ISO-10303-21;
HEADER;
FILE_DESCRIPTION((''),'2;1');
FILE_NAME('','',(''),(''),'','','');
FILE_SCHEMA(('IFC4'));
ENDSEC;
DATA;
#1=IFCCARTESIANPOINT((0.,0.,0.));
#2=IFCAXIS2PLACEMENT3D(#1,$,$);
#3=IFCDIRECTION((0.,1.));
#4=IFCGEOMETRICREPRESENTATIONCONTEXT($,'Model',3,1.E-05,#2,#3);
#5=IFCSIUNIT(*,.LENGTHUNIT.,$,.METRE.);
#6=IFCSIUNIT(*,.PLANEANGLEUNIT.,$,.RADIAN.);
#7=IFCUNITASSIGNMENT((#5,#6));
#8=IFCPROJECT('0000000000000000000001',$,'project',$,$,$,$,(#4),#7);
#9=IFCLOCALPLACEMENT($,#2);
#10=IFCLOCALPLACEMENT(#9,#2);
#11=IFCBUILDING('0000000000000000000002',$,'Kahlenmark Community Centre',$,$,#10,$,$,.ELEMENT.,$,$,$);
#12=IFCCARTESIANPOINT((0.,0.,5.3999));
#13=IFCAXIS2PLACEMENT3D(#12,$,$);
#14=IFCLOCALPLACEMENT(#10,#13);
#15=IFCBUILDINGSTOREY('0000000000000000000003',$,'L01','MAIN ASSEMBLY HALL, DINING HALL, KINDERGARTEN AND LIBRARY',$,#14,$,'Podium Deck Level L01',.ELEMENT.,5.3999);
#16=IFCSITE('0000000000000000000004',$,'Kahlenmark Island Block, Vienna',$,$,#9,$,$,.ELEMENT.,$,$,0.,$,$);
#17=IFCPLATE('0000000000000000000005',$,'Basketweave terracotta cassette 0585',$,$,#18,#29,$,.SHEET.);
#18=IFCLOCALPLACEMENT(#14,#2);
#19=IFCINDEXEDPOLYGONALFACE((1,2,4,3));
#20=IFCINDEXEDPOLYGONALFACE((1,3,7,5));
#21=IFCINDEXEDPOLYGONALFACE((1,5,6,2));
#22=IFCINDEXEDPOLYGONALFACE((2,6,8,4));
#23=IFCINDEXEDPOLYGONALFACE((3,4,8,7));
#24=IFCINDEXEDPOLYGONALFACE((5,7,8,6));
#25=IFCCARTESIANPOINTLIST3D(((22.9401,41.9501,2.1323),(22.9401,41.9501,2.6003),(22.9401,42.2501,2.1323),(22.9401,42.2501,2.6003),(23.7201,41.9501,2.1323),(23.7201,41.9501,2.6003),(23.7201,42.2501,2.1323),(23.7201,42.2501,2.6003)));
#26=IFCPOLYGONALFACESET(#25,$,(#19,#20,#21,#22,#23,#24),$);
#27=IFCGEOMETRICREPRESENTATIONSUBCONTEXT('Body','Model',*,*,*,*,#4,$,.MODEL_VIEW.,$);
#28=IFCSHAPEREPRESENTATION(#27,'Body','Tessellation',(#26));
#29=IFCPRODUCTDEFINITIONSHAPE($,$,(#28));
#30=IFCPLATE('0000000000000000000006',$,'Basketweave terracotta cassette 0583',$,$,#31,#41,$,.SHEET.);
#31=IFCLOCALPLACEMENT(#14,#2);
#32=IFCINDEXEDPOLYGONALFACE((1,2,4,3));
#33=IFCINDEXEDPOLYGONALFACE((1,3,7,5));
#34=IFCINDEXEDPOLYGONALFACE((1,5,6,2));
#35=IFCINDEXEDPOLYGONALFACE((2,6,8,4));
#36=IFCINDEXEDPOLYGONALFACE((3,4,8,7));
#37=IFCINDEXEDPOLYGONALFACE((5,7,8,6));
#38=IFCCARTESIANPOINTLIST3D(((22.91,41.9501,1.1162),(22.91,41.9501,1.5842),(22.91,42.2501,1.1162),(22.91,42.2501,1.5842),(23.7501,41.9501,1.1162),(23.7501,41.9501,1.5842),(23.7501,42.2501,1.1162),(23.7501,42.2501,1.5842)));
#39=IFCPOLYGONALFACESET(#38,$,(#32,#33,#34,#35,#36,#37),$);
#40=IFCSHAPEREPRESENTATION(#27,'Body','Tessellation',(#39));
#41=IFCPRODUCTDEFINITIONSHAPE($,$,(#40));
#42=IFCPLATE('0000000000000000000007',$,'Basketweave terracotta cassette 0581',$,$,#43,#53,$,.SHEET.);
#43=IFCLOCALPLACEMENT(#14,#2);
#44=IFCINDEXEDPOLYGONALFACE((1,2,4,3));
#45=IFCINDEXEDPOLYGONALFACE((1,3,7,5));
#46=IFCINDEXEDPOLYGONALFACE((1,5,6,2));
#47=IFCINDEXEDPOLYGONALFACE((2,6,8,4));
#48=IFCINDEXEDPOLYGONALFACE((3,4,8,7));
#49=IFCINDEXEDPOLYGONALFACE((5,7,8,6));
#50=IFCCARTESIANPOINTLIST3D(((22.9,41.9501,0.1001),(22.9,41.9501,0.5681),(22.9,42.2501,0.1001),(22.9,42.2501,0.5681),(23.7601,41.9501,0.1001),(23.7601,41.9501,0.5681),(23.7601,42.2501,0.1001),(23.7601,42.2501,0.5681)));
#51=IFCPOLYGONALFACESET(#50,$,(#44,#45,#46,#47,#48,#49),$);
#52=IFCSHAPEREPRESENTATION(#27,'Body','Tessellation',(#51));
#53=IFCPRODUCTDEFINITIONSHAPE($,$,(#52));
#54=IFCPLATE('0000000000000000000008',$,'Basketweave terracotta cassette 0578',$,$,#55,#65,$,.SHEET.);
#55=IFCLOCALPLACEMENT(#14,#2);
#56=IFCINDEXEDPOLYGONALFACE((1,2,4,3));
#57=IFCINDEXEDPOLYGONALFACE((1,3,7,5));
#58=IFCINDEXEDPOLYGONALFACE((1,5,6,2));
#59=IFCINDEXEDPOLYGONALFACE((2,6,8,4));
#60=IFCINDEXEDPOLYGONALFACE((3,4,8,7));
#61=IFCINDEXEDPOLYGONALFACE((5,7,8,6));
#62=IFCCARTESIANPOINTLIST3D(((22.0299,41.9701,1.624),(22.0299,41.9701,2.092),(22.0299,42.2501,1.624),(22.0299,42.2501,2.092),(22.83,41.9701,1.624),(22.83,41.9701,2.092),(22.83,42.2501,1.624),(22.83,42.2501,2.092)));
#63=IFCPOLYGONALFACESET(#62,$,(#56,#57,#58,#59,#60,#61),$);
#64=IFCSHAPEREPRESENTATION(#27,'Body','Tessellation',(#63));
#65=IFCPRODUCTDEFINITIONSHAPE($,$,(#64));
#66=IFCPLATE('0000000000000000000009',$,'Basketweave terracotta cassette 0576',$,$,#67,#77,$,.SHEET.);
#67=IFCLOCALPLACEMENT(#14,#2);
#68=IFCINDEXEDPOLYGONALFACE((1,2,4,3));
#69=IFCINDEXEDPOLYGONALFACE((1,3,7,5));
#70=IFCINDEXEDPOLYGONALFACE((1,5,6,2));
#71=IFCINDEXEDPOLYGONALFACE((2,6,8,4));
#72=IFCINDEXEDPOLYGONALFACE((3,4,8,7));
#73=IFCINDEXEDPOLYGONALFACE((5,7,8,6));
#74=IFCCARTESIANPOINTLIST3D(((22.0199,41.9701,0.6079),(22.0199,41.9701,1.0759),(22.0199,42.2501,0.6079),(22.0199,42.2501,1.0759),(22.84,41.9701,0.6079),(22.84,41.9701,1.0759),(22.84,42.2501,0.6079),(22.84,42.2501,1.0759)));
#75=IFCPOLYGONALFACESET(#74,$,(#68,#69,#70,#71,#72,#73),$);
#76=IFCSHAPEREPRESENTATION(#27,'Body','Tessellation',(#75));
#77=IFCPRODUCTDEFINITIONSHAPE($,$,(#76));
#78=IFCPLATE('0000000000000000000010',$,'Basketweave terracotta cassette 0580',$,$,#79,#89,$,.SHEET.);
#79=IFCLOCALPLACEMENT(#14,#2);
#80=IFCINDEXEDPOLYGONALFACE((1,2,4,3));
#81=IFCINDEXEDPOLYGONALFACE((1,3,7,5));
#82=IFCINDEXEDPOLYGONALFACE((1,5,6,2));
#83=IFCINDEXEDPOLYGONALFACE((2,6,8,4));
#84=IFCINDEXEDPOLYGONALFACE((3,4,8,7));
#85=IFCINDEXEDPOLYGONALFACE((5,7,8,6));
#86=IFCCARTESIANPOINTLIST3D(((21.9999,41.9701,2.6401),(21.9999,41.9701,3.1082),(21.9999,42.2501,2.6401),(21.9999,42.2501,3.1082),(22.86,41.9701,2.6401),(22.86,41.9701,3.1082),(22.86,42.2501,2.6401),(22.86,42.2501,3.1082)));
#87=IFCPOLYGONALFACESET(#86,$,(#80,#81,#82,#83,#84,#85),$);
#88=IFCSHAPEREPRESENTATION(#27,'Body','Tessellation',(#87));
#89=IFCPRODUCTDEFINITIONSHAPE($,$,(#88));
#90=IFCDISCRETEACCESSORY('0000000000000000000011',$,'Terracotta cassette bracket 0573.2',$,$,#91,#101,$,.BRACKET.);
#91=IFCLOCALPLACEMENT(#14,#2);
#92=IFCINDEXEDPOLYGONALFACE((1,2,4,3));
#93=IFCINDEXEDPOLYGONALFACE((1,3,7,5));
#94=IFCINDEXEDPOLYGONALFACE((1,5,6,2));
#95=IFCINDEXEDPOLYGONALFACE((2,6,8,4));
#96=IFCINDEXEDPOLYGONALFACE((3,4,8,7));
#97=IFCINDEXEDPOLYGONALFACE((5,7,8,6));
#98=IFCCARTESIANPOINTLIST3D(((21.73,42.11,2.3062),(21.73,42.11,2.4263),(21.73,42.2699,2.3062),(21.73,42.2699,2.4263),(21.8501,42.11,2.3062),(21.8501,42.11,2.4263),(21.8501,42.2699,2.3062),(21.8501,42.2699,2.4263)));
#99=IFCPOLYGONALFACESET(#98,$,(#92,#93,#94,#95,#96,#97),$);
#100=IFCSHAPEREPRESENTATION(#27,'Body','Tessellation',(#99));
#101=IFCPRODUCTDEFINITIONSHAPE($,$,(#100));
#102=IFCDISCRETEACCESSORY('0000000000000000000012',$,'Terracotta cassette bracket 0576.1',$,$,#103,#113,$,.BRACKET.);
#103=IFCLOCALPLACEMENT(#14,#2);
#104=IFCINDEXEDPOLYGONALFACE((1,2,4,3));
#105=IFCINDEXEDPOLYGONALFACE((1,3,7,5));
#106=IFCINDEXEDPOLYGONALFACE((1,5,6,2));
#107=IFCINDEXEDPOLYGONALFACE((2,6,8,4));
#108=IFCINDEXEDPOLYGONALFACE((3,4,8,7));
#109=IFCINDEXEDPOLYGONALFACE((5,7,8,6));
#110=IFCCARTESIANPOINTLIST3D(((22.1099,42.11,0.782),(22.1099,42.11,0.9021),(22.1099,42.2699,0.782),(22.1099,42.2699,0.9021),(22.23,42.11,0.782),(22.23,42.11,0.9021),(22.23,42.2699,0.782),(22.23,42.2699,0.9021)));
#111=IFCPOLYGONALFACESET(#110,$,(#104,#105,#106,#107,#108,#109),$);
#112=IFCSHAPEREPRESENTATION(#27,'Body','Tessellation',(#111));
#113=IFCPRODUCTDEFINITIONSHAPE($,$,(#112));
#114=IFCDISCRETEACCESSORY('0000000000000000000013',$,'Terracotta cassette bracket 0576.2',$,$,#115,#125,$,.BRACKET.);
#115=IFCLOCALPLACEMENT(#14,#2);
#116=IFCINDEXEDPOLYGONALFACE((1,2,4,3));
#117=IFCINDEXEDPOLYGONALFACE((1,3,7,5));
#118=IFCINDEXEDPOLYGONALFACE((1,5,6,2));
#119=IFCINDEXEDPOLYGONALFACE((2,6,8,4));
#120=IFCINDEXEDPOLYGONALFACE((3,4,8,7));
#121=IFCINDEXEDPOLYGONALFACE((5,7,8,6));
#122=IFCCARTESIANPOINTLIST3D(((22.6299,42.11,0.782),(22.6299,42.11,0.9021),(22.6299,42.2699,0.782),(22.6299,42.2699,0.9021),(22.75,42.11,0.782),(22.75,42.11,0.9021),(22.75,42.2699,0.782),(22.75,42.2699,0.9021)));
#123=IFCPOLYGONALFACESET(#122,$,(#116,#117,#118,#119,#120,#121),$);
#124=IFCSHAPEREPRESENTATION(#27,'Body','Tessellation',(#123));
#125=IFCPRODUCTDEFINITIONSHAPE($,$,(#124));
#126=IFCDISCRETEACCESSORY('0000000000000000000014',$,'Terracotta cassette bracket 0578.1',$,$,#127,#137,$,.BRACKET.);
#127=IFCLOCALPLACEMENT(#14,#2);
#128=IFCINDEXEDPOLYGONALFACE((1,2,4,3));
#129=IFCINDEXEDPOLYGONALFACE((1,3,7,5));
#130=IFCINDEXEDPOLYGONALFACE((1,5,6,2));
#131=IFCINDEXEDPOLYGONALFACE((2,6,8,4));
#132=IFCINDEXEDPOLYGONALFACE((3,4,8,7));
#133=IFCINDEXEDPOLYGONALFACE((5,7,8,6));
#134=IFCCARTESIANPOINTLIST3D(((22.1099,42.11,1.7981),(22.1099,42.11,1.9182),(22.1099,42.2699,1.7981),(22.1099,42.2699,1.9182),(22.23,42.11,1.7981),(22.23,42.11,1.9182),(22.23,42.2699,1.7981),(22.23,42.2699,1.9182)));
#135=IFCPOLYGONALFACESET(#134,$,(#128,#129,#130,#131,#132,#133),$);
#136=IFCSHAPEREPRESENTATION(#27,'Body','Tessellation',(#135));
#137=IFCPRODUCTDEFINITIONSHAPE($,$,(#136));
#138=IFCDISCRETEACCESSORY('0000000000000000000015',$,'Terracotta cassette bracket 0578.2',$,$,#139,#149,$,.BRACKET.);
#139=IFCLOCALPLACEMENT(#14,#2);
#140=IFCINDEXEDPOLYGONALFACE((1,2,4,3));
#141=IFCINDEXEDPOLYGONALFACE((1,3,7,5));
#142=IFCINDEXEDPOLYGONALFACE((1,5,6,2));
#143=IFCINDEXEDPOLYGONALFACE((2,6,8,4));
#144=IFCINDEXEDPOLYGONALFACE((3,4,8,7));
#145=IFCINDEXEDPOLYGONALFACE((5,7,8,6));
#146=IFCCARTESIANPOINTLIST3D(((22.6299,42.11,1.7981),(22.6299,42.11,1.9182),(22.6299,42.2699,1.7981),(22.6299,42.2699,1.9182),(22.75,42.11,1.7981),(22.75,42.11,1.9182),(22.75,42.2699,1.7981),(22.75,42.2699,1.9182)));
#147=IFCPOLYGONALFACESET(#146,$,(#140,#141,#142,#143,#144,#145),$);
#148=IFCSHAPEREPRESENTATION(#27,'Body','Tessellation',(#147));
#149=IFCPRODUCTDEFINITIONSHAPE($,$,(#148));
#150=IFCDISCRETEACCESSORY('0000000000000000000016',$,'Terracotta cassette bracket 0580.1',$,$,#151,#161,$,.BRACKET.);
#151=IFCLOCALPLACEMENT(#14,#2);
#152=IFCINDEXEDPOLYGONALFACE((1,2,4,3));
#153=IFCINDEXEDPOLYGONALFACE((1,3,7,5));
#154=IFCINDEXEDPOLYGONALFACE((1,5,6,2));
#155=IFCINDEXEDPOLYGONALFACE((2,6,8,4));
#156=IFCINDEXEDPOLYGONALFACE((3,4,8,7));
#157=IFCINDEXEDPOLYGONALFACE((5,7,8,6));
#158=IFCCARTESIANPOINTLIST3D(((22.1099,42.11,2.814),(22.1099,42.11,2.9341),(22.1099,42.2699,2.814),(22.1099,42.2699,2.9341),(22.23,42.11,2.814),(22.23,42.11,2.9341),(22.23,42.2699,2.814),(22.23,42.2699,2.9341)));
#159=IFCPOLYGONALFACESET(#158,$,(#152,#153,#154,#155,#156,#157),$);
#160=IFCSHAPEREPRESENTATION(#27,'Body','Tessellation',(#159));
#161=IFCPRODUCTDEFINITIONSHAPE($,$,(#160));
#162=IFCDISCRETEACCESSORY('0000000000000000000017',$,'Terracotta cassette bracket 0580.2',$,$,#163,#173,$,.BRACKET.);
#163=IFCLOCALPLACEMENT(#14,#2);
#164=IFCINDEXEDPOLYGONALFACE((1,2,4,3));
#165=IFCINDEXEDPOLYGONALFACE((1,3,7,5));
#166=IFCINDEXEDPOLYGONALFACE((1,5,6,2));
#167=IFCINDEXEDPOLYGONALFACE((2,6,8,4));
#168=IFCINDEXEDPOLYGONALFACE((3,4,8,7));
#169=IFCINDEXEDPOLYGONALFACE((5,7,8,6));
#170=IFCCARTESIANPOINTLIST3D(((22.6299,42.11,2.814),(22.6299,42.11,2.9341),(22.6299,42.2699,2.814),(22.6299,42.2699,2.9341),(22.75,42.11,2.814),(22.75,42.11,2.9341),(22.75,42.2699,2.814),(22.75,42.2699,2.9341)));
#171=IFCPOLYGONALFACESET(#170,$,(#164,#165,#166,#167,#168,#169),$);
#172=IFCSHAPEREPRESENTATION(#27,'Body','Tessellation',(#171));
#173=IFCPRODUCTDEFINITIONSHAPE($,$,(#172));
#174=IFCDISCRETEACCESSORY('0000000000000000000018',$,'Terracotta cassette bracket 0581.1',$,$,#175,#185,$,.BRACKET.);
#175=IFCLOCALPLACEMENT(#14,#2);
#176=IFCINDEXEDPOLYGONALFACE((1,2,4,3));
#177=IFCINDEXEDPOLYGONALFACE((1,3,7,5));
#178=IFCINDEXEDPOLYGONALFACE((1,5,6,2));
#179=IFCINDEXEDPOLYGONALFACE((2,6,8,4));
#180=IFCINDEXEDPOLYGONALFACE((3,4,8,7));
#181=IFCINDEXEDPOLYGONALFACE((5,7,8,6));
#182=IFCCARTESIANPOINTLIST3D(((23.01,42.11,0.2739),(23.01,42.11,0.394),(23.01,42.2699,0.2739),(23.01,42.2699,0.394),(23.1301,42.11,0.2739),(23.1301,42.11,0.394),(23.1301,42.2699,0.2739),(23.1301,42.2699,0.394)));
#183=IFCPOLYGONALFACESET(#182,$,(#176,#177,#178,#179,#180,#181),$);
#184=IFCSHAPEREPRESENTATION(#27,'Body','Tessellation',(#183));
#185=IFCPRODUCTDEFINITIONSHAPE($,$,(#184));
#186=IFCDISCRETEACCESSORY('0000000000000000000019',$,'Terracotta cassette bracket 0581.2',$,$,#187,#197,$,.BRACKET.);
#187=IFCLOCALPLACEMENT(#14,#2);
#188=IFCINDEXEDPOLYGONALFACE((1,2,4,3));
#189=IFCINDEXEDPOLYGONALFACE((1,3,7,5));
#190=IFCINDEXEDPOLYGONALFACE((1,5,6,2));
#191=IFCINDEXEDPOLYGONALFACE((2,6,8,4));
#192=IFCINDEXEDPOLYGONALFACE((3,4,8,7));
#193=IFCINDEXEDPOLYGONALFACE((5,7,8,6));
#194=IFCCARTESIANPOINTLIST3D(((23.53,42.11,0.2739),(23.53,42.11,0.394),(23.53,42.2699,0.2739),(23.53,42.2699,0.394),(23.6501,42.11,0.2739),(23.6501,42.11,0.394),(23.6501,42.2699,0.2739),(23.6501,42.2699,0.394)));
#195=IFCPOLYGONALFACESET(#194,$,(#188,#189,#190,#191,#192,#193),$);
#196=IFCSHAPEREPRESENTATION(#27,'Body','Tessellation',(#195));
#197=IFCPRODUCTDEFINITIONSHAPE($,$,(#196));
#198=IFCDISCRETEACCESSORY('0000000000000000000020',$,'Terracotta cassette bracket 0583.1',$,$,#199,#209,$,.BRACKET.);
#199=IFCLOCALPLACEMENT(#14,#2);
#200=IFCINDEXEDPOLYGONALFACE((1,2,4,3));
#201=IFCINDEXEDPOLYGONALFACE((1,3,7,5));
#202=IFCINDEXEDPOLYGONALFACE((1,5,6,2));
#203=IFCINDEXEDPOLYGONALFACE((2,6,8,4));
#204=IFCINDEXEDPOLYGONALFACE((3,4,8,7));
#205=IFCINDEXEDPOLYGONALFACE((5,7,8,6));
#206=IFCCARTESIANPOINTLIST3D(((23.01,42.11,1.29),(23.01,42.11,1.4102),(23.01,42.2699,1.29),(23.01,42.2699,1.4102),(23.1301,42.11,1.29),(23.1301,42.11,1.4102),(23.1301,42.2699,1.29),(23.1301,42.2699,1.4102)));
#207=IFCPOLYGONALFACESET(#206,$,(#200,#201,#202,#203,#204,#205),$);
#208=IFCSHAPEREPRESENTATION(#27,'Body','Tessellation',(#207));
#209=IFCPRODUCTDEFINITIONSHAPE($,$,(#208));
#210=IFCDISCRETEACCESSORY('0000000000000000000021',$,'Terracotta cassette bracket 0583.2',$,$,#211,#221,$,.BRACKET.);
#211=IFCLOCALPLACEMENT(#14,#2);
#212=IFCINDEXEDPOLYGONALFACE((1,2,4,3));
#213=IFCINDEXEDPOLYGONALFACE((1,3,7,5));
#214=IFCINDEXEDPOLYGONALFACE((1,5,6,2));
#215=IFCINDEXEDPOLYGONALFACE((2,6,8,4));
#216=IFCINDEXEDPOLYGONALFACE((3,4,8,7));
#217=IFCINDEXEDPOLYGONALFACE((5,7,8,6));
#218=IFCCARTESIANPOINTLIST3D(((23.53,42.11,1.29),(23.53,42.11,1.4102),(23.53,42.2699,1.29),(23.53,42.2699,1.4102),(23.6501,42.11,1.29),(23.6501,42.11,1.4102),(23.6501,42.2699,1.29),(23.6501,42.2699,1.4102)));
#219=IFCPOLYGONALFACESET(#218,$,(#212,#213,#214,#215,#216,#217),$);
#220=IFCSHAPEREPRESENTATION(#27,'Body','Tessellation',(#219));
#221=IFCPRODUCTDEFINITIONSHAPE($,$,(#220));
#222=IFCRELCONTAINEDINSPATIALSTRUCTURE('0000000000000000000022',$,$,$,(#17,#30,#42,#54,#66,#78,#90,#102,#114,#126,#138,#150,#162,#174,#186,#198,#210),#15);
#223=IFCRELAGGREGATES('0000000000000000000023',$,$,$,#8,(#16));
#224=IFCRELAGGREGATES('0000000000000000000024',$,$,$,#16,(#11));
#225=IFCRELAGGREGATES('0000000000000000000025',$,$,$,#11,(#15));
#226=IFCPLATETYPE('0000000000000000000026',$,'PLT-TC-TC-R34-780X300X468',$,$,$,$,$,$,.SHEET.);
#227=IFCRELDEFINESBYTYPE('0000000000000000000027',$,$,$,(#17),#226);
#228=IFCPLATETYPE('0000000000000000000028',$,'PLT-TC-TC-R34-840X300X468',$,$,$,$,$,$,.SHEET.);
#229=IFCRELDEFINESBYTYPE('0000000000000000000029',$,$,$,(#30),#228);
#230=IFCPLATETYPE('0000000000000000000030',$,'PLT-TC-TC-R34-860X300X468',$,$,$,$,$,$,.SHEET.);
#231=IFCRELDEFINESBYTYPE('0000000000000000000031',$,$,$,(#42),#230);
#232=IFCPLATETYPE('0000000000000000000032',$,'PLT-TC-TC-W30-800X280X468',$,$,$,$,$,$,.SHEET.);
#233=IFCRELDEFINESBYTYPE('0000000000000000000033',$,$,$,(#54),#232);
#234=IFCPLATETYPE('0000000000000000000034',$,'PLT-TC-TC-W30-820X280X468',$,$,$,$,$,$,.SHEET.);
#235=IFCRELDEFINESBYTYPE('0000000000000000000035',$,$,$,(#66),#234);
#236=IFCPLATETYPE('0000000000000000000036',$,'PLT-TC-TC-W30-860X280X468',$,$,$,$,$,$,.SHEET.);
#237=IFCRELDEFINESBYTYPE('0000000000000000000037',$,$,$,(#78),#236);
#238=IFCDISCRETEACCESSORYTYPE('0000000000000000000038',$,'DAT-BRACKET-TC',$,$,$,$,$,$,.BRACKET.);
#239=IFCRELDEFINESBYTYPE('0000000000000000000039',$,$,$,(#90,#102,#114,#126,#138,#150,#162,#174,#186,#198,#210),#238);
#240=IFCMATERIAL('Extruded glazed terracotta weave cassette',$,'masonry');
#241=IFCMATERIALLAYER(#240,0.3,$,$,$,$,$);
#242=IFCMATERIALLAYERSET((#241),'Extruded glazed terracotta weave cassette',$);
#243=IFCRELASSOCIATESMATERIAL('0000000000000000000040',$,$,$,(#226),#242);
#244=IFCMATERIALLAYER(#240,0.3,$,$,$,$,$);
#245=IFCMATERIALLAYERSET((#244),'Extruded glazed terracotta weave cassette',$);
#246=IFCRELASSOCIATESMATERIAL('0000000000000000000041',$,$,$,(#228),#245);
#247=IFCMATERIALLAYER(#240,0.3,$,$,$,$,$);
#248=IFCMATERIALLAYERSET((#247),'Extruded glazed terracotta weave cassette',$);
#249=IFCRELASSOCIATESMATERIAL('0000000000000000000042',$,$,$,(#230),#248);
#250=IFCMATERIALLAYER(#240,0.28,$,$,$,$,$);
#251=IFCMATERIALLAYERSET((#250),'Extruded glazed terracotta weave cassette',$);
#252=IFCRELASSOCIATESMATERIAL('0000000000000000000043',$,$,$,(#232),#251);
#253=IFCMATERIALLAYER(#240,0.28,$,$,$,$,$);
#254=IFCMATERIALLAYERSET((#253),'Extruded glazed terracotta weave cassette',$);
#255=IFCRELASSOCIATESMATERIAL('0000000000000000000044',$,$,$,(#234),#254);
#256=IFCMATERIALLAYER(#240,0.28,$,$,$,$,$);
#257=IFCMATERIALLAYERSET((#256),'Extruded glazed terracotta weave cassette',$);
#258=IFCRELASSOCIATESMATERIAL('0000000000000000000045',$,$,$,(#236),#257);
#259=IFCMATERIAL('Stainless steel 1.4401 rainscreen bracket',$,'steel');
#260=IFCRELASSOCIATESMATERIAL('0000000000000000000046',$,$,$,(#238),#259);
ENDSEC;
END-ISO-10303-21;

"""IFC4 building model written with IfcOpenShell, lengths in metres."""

from ifc_helpers import new_model, si_unit, direction, frame, origin, origin_2d, place, context, subcontext, project, spatial, rectangle, extrude, material, layer, layer_set, type_object, element, save


model = new_model("IFC4")

# Units and contexts
model_context = context("Model", 3, precision=1e-05, world=origin(), true_north=direction((0.0, 1.0)))
body_context = subcontext(model_context, "Body", "Model", "MODEL_VIEW")
ifc_project = project(units=[si_unit("LENGTHUNIT", "METRE"), si_unit("PLANEANGLEUNIT", "RADIAN")], contexts=[model_context])

# Site, building, storey
site_placement = place(None, origin())
site = spatial("IfcSite", under=ifc_project, at=site_placement, Name="Kahlenmark Island Block, Vienna", CompositionType="ELEMENT", RefElevation=0.0)
building_placement = place(site_placement, origin())
building = spatial("IfcBuilding", under=site, at=building_placement, Name="Kahlenmark Community Centre", CompositionType="ELEMENT")
storey_placement = place(building_placement, frame((0.0, 0.0, 5.3999)))
storey = spatial("IfcBuildingStorey", under=building, at=storey_placement, Name="L01", Description="MAIN ASSEMBLY HALL, DINING HALL, KINDERGARTEN AND LIBRARY", LongName="Podium Deck Level L01", CompositionType="ELEMENT", Elevation=5.3999)

# Plates
ifc_material_1 = material(Name="Extruded glazed terracotta weave cassette", Category="masonry")
ifc_layer_1 = layer(ifc_material_1, 0.3)
ifc_layer_set_1 = layer_set([ifc_layer_1], Name="Extruded glazed terracotta weave cassette")
plate_type_1 = type_object("IfcPlateType", Name="PLT-TC-TC-R34-780X300X468", PredefinedType="SHEET", material=ifc_layer_set_1)
plate_1_placement = place(storey_placement, frame((23.3301, 42.1001, 2.1323), z_axis=(0.0, 0.0, 1.0), x_axis=(1.0, 0.0, 0.0)))
element("IfcPlate", 1, at=plate_1_placement, inside=storey, type_object=plate_type_1, Name="Basketweave terracotta cassette 0585", PredefinedType="SHEET", context=body_context, shape_type="SweptSolid", body=[
    extrude(rectangle(XDim=0.78, YDim=0.3, at=origin_2d()), origin(), (0.0, 0.0, 1.0), 0.468),
])
ifc_layer_2 = layer(ifc_material_1, 0.3)
ifc_layer_set_2 = layer_set([ifc_layer_2], Name="Extruded glazed terracotta weave cassette")
plate_type_2 = type_object("IfcPlateType", Name="PLT-TC-TC-R34-840X300X468", PredefinedType="SHEET", material=ifc_layer_set_2)
plate_2_placement = place(storey_placement, frame((23.3301, 42.1001, 1.1162), z_axis=(0.0, 0.0, 1.0), x_axis=(1.0, 0.0, 0.0)))
element("IfcPlate", 2, at=plate_2_placement, inside=storey, type_object=plate_type_2, Name="Basketweave terracotta cassette 0583", PredefinedType="SHEET", context=body_context, shape_type="SweptSolid", body=[
    extrude(rectangle(XDim=0.8401, YDim=0.3, at=origin_2d()), origin(), (0.0, 0.0, 1.0), 0.468),
])
ifc_layer_3 = layer(ifc_material_1, 0.3)
ifc_layer_set_3 = layer_set([ifc_layer_3], Name="Extruded glazed terracotta weave cassette")
plate_type_3 = type_object("IfcPlateType", Name="PLT-TC-TC-R34-860X300X468", PredefinedType="SHEET", material=ifc_layer_set_3)
plate_3_placement = place(storey_placement, frame((23.3301, 42.1001, 0.1001), z_axis=(0.0, 0.0, 1.0), x_axis=(1.0, 0.0, 0.0)))
element("IfcPlate", 3, at=plate_3_placement, inside=storey, type_object=plate_type_3, Name="Basketweave terracotta cassette 0581", PredefinedType="SHEET", context=body_context, shape_type="SweptSolid", body=[
    extrude(rectangle(XDim=0.8601, YDim=0.3, at=origin_2d()), origin(), (0.0, 0.0, 1.0), 0.468),
])
ifc_layer_4 = layer(ifc_material_1, 0.28)
ifc_layer_set_4 = layer_set([ifc_layer_4], Name="Extruded glazed terracotta weave cassette")
plate_type_4 = type_object("IfcPlateType", Name="PLT-TC-TC-W30-800X280X468", PredefinedType="SHEET", material=ifc_layer_set_4)
plate_4_placement = place(storey_placement, frame((22.4299, 42.1101, 1.624), z_axis=(0.0, 0.0, 1.0), x_axis=(1.0, 0.0, 0.0)))
element("IfcPlate", 4, at=plate_4_placement, inside=storey, type_object=plate_type_4, Name="Basketweave terracotta cassette 0578", PredefinedType="SHEET", context=body_context, shape_type="SweptSolid", body=[
    extrude(rectangle(XDim=0.8, YDim=0.28, at=origin_2d()), origin(), (0.0, 0.0, 1.0), 0.468),
])
ifc_layer_5 = layer(ifc_material_1, 0.28)
ifc_layer_set_5 = layer_set([ifc_layer_5], Name="Extruded glazed terracotta weave cassette")
plate_type_5 = type_object("IfcPlateType", Name="PLT-TC-TC-W30-820X280X468", PredefinedType="SHEET", material=ifc_layer_set_5)
plate_5_placement = place(storey_placement, frame((22.4299, 42.1101, 0.6079), z_axis=(0.0, 0.0, 1.0), x_axis=(1.0, 0.0, 0.0)))
element("IfcPlate", 5, at=plate_5_placement, inside=storey, type_object=plate_type_5, Name="Basketweave terracotta cassette 0576", PredefinedType="SHEET", context=body_context, shape_type="SweptSolid", body=[
    extrude(rectangle(XDim=0.8201, YDim=0.28, at=origin_2d()), origin(), (0.0, 0.0, 1.0), 0.468),
])
ifc_layer_6 = layer(ifc_material_1, 0.28)
ifc_layer_set_6 = layer_set([ifc_layer_6], Name="Extruded glazed terracotta weave cassette")
plate_type_6 = type_object("IfcPlateType", Name="PLT-TC-TC-W30-860X280X468", PredefinedType="SHEET", material=ifc_layer_set_6)
plate_6_placement = place(storey_placement, frame((22.4299, 42.1101, 2.6401), z_axis=(0.0, 0.0, 1.0), x_axis=(1.0, 0.0, 0.0)))
element("IfcPlate", 6, at=plate_6_placement, inside=storey, type_object=plate_type_6, Name="Basketweave terracotta cassette 0580", PredefinedType="SHEET", context=body_context, shape_type="SweptSolid", body=[
    extrude(rectangle(XDim=0.8601, YDim=0.28, at=origin_2d()), origin(), (0.0, 0.0, 1.0), 0.468),
])

# Discrete accessories
ifc_material_2 = material(Name="Stainless steel 1.4401 rainscreen bracket", Category="steel")
discrete_accessory_type = type_object("IfcDiscreteAccessoryType", Name="DAT-BRACKET-TC", PredefinedType="BRACKET", material=ifc_material_2)
for number, where, z_axis, x_axis, name in (
    (7, (21.79, 42.1899, 2.3062), (0.0, 0.0, 1.0), (1.0, 0.0, 0.0), "Terracotta cassette bracket 0573.2"),
    (8, (22.1699, 42.1899, 0.782), (0.0, 0.0, 1.0), (1.0, 0.0, 0.0), "Terracotta cassette bracket 0576.1"),
    (9, (22.6899, 42.1899, 0.782), (0.0, 0.0, 1.0), (1.0, 0.0, 0.0), "Terracotta cassette bracket 0576.2"),
    (10, (22.1699, 42.1899, 1.7981), (0.0, 0.0, 1.0), (1.0, 0.0, 0.0), "Terracotta cassette bracket 0578.1"),
    (11, (22.6899, 42.1899, 1.7981), (0.0, 0.0, 1.0), (1.0, 0.0, 0.0), "Terracotta cassette bracket 0578.2"),
    (12, (22.1699, 42.1899, 2.814), (0.0, 0.0, 1.0), (1.0, 0.0, 0.0), "Terracotta cassette bracket 0580.1"),
    (13, (22.6899, 42.1899, 2.814), (0.0, 0.0, 1.0), (1.0, 0.0, 0.0), "Terracotta cassette bracket 0580.2"),
    (14, (23.0701, 42.1899, 0.2739), (0.0, 0.0, 1.0), (1.0, 0.0, 0.0), "Terracotta cassette bracket 0581.1"),
    (15, (23.5901, 42.1899, 0.2739), (0.0, 0.0, 1.0), (1.0, 0.0, 0.0), "Terracotta cassette bracket 0581.2"),
    (16, (23.0701, 42.1899, 1.29), (0.0, 0.0, 1.0), (1.0, 0.0, 0.0), "Terracotta cassette bracket 0583.1"),
    (17, (23.5901, 42.1899, 1.29), (0.0, 0.0, 1.0), (1.0, 0.0, 0.0), "Terracotta cassette bracket 0583.2"),
):
    element("IfcDiscreteAccessory", number, at=place(storey_placement, frame(where, z_axis=z_axis, x_axis=x_axis)), inside=storey, type_object=discrete_accessory_type, Name=name, PredefinedType="BRACKET", context=body_context, shape_type="SweptSolid", body=[
        extrude(rectangle(XDim=0.1201, YDim=0.1599, at=origin_2d()), origin(), (0.0, 0.0, 1.0), 0.1201),
    ])

save(model, "model.ifc")
